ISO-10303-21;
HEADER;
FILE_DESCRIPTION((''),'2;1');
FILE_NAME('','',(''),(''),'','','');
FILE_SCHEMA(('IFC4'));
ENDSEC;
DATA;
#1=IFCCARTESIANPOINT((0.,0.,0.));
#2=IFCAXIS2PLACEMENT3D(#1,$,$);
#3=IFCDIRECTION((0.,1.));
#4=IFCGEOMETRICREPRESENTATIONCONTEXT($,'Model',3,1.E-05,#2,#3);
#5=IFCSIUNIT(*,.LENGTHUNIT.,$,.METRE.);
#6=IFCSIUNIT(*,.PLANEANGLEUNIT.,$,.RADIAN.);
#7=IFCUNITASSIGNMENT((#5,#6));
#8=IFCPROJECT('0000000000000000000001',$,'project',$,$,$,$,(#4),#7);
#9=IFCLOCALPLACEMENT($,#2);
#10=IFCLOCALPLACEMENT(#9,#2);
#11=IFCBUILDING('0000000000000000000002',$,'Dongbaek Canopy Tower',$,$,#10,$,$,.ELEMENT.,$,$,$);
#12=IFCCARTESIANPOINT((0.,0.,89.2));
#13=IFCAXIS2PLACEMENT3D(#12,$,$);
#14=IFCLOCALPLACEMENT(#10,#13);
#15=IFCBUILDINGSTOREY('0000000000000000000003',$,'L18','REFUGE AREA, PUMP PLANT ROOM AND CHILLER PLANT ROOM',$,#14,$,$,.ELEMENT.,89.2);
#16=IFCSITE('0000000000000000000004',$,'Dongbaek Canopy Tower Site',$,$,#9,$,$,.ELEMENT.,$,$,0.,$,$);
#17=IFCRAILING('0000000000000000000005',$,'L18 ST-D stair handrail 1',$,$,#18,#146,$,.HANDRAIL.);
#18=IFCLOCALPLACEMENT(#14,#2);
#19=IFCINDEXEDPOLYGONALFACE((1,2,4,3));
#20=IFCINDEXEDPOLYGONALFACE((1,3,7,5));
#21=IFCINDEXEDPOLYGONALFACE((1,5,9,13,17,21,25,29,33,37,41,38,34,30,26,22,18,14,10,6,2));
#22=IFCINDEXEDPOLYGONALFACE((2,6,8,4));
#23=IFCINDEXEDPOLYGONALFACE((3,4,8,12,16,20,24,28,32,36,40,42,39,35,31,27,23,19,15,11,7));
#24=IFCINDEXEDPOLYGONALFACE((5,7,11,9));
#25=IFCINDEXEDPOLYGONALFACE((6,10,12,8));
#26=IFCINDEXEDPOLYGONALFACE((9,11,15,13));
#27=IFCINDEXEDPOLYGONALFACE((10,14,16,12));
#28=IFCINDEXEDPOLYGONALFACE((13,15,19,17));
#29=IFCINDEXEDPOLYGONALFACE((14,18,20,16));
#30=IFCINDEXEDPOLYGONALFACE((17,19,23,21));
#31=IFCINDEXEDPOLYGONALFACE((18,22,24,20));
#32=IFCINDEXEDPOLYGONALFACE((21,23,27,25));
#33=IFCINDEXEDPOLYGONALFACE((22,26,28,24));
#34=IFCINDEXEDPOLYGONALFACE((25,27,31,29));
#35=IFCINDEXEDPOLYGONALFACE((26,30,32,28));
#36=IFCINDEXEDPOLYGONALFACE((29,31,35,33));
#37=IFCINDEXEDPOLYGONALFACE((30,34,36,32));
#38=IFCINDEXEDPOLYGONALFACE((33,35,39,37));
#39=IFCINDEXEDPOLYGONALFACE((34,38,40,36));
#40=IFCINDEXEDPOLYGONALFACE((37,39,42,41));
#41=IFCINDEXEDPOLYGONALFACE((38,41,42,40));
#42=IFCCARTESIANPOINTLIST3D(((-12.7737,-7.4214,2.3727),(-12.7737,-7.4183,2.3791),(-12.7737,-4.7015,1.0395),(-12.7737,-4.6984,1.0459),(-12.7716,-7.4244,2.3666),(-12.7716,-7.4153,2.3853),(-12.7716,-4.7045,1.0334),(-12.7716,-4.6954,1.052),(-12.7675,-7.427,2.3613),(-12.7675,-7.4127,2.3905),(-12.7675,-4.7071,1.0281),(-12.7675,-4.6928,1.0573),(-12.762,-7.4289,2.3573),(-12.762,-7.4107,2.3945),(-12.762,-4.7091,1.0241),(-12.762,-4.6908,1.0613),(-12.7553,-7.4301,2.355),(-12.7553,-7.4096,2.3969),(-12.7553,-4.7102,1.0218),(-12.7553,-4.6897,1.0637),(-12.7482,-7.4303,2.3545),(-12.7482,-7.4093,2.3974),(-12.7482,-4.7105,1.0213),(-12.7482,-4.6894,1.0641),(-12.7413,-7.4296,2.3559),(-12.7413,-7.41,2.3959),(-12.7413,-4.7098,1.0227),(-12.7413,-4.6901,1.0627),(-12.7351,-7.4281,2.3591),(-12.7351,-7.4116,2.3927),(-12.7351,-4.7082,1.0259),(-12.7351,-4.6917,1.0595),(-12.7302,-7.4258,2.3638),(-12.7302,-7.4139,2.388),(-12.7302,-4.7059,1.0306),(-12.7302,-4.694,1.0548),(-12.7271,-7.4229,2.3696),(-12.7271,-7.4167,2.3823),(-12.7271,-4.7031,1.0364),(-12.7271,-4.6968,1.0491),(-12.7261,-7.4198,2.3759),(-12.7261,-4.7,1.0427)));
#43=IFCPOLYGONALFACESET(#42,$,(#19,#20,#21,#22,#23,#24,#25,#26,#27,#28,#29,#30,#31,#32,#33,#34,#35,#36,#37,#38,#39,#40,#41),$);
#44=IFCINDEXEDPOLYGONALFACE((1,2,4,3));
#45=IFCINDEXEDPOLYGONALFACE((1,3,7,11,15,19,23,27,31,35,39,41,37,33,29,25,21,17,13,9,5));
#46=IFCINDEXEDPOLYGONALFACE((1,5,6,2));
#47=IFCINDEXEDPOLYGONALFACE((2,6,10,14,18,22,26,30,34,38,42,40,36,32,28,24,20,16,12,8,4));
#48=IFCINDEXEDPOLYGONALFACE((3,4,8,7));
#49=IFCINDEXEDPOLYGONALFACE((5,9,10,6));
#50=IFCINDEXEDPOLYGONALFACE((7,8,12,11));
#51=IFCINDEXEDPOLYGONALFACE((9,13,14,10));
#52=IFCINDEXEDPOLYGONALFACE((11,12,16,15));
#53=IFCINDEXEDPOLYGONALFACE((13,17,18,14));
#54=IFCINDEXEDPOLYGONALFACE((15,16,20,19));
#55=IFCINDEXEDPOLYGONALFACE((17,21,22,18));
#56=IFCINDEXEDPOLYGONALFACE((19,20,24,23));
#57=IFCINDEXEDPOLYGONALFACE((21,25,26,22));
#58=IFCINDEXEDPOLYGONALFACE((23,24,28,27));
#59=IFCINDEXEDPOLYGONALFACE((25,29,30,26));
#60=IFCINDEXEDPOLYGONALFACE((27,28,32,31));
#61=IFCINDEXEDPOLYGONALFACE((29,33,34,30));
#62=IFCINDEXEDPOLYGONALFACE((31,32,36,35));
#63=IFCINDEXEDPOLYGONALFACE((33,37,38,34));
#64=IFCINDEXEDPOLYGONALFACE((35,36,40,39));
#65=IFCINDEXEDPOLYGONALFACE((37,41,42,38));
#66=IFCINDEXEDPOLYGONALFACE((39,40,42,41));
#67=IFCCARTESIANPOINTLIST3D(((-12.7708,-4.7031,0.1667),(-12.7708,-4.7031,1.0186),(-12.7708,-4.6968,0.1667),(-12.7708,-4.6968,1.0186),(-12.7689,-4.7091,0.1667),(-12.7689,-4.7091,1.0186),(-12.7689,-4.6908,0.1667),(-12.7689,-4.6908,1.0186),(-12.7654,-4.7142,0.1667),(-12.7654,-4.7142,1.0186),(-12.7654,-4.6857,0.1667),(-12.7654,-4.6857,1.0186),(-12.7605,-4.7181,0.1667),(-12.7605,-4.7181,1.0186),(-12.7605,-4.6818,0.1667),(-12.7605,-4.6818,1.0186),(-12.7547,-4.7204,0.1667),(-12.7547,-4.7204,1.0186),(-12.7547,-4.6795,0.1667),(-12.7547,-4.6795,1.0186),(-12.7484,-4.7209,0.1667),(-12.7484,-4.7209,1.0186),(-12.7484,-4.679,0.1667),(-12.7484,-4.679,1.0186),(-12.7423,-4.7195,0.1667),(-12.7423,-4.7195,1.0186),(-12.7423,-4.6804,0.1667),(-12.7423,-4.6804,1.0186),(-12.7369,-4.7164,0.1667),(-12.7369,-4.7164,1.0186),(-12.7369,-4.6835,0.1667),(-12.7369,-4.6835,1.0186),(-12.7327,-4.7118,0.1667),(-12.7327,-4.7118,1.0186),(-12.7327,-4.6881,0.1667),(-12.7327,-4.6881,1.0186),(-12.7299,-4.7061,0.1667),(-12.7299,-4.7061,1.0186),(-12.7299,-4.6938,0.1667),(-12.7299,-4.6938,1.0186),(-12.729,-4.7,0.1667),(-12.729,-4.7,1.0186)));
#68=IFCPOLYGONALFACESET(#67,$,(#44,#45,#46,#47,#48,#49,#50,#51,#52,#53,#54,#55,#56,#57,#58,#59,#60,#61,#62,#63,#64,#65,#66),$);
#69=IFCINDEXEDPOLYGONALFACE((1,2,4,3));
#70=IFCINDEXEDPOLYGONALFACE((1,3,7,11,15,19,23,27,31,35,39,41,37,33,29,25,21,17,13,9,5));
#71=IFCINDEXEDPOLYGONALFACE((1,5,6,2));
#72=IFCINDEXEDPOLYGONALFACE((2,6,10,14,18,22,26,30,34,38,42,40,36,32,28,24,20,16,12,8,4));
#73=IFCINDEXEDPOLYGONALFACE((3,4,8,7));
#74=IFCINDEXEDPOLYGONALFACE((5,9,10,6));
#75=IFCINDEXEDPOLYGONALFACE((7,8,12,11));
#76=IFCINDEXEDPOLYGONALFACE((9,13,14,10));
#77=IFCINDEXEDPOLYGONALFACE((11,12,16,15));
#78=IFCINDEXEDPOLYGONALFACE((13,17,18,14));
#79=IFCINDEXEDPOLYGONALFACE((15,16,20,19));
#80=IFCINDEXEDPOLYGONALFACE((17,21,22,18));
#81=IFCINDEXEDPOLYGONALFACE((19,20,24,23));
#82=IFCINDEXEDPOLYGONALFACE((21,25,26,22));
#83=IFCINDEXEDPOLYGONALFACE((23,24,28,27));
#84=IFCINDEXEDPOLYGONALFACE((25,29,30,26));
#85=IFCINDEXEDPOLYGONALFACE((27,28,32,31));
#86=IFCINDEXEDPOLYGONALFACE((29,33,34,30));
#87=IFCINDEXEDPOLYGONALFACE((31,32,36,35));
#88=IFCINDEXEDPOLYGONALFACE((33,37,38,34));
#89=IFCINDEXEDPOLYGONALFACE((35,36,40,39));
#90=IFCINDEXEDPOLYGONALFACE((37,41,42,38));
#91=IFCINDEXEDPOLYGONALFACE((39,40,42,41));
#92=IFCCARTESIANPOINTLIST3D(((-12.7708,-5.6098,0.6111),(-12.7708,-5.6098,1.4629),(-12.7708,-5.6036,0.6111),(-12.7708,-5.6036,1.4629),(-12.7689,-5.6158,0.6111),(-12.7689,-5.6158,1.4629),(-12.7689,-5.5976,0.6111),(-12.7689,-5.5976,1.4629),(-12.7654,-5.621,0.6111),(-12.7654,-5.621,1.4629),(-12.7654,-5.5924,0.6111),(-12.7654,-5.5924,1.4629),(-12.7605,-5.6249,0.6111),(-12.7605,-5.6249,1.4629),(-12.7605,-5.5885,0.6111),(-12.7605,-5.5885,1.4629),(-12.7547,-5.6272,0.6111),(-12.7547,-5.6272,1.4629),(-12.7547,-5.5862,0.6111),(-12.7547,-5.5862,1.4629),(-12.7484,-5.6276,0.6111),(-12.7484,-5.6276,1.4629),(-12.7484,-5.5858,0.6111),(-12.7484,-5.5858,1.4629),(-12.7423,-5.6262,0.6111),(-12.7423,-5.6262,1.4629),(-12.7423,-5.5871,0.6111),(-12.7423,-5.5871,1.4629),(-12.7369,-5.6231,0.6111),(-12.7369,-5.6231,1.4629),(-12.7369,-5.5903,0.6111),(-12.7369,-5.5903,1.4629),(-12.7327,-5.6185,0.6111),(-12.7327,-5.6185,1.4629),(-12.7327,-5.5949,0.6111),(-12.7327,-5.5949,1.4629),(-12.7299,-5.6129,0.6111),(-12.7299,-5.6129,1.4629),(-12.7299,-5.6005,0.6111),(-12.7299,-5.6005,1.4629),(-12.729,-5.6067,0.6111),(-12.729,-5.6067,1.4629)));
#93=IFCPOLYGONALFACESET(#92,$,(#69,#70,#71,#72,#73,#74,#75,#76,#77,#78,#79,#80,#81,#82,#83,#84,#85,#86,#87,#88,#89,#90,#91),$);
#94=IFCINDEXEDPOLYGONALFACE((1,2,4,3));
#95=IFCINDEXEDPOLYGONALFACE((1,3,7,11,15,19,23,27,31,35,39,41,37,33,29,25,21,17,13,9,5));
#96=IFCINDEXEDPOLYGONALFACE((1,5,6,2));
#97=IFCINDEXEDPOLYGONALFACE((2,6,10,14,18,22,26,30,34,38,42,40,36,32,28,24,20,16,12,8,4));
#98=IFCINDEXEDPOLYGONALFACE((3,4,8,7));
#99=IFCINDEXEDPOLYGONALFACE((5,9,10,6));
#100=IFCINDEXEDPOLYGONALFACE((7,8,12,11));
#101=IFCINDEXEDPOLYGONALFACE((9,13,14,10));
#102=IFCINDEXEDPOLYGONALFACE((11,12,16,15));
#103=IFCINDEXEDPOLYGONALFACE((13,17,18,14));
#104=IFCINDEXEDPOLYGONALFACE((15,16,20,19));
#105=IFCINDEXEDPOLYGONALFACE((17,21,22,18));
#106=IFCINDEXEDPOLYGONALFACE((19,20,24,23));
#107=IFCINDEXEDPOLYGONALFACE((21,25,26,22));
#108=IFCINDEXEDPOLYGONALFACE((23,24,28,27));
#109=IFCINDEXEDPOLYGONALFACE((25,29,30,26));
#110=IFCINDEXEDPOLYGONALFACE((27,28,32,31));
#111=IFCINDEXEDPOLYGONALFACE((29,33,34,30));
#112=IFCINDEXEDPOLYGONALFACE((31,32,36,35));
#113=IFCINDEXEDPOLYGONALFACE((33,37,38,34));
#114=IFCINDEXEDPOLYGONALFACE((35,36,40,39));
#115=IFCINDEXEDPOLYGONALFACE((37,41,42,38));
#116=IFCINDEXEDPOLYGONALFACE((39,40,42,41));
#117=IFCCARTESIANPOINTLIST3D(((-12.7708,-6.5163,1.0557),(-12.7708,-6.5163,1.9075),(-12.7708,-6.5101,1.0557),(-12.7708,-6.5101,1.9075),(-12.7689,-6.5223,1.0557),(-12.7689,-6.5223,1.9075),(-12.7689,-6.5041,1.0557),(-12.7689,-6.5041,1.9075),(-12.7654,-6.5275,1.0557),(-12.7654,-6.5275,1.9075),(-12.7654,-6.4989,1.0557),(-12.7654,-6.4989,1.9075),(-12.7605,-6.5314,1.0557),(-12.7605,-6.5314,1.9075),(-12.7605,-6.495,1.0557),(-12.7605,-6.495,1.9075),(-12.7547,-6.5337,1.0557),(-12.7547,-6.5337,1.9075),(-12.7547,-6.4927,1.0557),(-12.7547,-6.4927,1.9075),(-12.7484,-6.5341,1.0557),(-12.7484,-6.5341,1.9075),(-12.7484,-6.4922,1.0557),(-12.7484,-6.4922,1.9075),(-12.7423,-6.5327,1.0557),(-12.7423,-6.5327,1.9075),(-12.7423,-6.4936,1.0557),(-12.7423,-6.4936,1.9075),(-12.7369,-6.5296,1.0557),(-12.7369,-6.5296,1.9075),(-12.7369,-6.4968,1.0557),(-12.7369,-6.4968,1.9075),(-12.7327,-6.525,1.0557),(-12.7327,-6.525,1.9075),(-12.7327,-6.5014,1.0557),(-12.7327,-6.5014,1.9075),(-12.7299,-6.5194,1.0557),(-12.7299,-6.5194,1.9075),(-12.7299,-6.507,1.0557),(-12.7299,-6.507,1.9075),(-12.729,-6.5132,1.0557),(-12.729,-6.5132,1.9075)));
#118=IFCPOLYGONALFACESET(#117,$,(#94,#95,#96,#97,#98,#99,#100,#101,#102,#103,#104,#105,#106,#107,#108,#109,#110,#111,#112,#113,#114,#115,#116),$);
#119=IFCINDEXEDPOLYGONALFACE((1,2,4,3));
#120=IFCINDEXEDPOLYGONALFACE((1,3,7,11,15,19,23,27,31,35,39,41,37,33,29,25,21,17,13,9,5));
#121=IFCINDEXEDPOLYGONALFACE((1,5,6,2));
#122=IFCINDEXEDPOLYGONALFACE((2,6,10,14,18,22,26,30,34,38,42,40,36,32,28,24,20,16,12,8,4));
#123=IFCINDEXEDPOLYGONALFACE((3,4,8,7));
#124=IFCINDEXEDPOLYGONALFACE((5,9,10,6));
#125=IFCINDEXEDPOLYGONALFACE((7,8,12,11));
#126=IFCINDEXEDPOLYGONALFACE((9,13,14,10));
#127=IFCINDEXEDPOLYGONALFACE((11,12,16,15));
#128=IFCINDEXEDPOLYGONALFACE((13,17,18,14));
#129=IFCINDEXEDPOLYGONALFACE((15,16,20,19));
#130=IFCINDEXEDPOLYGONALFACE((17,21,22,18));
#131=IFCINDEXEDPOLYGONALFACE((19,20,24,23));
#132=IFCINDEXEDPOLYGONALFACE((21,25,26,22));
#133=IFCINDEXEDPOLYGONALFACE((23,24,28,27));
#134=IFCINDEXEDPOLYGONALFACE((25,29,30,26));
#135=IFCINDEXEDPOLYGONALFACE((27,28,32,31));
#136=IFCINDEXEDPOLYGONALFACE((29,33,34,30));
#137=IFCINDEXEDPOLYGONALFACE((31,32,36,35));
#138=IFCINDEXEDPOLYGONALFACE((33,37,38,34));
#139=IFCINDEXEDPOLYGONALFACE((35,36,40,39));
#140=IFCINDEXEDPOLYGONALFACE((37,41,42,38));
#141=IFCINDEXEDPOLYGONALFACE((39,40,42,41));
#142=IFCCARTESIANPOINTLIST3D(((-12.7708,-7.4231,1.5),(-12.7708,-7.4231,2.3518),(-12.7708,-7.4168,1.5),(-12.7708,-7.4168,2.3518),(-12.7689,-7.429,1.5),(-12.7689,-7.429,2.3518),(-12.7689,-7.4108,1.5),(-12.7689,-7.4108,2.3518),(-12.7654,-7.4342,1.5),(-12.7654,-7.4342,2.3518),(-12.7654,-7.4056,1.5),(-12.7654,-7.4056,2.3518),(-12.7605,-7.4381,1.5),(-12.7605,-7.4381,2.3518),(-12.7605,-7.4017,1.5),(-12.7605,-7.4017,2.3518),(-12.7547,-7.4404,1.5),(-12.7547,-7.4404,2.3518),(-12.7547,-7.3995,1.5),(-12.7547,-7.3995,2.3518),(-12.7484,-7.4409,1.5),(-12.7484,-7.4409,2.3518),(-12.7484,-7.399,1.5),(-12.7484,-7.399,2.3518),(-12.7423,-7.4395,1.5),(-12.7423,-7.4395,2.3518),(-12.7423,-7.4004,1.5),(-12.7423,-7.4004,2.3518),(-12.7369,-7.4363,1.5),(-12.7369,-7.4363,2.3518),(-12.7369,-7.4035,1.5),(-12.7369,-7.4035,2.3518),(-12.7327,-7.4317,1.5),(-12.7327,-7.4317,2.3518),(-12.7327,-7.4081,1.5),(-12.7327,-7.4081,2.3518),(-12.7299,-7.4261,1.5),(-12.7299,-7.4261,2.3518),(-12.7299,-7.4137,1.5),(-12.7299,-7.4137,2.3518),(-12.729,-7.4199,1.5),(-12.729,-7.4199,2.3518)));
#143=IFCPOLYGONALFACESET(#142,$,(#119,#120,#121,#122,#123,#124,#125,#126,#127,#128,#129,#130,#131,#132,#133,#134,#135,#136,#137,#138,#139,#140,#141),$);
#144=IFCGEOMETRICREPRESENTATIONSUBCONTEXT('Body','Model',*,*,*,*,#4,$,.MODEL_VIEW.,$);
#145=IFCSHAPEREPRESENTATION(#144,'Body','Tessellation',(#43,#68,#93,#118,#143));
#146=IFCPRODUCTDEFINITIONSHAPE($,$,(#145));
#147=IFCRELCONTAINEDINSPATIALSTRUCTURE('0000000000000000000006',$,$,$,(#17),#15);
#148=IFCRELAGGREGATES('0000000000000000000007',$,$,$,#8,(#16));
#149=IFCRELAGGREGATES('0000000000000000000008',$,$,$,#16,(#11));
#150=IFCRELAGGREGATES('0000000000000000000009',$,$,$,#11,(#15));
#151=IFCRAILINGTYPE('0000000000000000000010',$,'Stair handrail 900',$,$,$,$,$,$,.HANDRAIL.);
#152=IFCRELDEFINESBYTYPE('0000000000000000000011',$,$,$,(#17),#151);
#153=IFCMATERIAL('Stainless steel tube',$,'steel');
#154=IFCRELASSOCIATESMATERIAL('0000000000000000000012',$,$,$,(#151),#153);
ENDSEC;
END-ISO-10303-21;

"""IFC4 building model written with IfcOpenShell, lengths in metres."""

from ifc_helpers import new_model, si_unit, direction, frame, origin, origin_2d, place, context, subcontext, project, spatial, circle, extrude, material, type_object, element, save


model = new_model("IFC4")

# Units and contexts
model_context = context("Model", 3, precision=1e-05, world=origin(), true_north=direction((0.0, 1.0)))
body_context = subcontext(model_context, "Body", "Model", "MODEL_VIEW")
ifc_project = project(units=[si_unit("LENGTHUNIT", "METRE"), si_unit("PLANEANGLEUNIT", "RADIAN")], contexts=[model_context])

# Site, building, storey
site_placement = place(None, origin())
site = spatial("IfcSite", under=ifc_project, at=site_placement, Name="Dongbaek Canopy Tower Site", CompositionType="ELEMENT", RefElevation=0.0)
building_placement = place(site_placement, origin())
building = spatial("IfcBuilding", under=site, at=building_placement, Name="Dongbaek Canopy Tower", CompositionType="ELEMENT")
storey_placement = place(building_placement, frame((0.0, 0.0, 89.2)))
storey = spatial("IfcBuildingStorey", under=building, at=storey_placement, Name="L18", Description="REFUGE AREA, PUMP PLANT ROOM AND CHILLER PLANT ROOM", CompositionType="ELEMENT", Elevation=89.2)

# Railing
ifc_material_1 = material(Name="Stainless steel tube", Category="steel")
railing_type = type_object("IfcRailingType", Name="Stair handrail 900", PredefinedType="HANDRAIL", material=ifc_material_1)
for number, where, name in (
    (1, (-12.75, -4.7, 0.1667), "L18 ST-D stair handrail 1"),
):
    element("IfcRailing", number, at=place(storey_placement, frame(where)), inside=storey, type_object=railing_type, Name=name, PredefinedType="HANDRAIL", context=body_context, shape_type="SweptSolid", body=[
        extrude(circle(Radius=0.0239, at=origin_2d()), frame((0.0, 0.0, 0.876), z_axis=(0.0, -0.897929, 0.440139), x_axis=(1.0, 0.0, 0.0)), (0.0, 0.0, 1.0), 3.0291),
        extrude(circle(Radius=0.021, at=origin_2d()), origin(), (0.0, 0.0, 1.0), 0.8518),
        extrude(circle(Radius=0.021, at=origin_2d()), frame((0.0, -0.9067, 0.4443)), (0.0, 0.0, 1.0), 0.8518),
        extrude(circle(Radius=0.021, at=origin_2d()), frame((0.0, -1.8132, 0.8889)), (0.0, 0.0, 1.0), 0.8518),
        extrude(circle(Radius=0.021, at=origin_2d()), frame((0.0, -2.72, 1.3333)), (0.0, 0.0, 1.0), 0.8518),
    ])

save(model, "model.ifc")
